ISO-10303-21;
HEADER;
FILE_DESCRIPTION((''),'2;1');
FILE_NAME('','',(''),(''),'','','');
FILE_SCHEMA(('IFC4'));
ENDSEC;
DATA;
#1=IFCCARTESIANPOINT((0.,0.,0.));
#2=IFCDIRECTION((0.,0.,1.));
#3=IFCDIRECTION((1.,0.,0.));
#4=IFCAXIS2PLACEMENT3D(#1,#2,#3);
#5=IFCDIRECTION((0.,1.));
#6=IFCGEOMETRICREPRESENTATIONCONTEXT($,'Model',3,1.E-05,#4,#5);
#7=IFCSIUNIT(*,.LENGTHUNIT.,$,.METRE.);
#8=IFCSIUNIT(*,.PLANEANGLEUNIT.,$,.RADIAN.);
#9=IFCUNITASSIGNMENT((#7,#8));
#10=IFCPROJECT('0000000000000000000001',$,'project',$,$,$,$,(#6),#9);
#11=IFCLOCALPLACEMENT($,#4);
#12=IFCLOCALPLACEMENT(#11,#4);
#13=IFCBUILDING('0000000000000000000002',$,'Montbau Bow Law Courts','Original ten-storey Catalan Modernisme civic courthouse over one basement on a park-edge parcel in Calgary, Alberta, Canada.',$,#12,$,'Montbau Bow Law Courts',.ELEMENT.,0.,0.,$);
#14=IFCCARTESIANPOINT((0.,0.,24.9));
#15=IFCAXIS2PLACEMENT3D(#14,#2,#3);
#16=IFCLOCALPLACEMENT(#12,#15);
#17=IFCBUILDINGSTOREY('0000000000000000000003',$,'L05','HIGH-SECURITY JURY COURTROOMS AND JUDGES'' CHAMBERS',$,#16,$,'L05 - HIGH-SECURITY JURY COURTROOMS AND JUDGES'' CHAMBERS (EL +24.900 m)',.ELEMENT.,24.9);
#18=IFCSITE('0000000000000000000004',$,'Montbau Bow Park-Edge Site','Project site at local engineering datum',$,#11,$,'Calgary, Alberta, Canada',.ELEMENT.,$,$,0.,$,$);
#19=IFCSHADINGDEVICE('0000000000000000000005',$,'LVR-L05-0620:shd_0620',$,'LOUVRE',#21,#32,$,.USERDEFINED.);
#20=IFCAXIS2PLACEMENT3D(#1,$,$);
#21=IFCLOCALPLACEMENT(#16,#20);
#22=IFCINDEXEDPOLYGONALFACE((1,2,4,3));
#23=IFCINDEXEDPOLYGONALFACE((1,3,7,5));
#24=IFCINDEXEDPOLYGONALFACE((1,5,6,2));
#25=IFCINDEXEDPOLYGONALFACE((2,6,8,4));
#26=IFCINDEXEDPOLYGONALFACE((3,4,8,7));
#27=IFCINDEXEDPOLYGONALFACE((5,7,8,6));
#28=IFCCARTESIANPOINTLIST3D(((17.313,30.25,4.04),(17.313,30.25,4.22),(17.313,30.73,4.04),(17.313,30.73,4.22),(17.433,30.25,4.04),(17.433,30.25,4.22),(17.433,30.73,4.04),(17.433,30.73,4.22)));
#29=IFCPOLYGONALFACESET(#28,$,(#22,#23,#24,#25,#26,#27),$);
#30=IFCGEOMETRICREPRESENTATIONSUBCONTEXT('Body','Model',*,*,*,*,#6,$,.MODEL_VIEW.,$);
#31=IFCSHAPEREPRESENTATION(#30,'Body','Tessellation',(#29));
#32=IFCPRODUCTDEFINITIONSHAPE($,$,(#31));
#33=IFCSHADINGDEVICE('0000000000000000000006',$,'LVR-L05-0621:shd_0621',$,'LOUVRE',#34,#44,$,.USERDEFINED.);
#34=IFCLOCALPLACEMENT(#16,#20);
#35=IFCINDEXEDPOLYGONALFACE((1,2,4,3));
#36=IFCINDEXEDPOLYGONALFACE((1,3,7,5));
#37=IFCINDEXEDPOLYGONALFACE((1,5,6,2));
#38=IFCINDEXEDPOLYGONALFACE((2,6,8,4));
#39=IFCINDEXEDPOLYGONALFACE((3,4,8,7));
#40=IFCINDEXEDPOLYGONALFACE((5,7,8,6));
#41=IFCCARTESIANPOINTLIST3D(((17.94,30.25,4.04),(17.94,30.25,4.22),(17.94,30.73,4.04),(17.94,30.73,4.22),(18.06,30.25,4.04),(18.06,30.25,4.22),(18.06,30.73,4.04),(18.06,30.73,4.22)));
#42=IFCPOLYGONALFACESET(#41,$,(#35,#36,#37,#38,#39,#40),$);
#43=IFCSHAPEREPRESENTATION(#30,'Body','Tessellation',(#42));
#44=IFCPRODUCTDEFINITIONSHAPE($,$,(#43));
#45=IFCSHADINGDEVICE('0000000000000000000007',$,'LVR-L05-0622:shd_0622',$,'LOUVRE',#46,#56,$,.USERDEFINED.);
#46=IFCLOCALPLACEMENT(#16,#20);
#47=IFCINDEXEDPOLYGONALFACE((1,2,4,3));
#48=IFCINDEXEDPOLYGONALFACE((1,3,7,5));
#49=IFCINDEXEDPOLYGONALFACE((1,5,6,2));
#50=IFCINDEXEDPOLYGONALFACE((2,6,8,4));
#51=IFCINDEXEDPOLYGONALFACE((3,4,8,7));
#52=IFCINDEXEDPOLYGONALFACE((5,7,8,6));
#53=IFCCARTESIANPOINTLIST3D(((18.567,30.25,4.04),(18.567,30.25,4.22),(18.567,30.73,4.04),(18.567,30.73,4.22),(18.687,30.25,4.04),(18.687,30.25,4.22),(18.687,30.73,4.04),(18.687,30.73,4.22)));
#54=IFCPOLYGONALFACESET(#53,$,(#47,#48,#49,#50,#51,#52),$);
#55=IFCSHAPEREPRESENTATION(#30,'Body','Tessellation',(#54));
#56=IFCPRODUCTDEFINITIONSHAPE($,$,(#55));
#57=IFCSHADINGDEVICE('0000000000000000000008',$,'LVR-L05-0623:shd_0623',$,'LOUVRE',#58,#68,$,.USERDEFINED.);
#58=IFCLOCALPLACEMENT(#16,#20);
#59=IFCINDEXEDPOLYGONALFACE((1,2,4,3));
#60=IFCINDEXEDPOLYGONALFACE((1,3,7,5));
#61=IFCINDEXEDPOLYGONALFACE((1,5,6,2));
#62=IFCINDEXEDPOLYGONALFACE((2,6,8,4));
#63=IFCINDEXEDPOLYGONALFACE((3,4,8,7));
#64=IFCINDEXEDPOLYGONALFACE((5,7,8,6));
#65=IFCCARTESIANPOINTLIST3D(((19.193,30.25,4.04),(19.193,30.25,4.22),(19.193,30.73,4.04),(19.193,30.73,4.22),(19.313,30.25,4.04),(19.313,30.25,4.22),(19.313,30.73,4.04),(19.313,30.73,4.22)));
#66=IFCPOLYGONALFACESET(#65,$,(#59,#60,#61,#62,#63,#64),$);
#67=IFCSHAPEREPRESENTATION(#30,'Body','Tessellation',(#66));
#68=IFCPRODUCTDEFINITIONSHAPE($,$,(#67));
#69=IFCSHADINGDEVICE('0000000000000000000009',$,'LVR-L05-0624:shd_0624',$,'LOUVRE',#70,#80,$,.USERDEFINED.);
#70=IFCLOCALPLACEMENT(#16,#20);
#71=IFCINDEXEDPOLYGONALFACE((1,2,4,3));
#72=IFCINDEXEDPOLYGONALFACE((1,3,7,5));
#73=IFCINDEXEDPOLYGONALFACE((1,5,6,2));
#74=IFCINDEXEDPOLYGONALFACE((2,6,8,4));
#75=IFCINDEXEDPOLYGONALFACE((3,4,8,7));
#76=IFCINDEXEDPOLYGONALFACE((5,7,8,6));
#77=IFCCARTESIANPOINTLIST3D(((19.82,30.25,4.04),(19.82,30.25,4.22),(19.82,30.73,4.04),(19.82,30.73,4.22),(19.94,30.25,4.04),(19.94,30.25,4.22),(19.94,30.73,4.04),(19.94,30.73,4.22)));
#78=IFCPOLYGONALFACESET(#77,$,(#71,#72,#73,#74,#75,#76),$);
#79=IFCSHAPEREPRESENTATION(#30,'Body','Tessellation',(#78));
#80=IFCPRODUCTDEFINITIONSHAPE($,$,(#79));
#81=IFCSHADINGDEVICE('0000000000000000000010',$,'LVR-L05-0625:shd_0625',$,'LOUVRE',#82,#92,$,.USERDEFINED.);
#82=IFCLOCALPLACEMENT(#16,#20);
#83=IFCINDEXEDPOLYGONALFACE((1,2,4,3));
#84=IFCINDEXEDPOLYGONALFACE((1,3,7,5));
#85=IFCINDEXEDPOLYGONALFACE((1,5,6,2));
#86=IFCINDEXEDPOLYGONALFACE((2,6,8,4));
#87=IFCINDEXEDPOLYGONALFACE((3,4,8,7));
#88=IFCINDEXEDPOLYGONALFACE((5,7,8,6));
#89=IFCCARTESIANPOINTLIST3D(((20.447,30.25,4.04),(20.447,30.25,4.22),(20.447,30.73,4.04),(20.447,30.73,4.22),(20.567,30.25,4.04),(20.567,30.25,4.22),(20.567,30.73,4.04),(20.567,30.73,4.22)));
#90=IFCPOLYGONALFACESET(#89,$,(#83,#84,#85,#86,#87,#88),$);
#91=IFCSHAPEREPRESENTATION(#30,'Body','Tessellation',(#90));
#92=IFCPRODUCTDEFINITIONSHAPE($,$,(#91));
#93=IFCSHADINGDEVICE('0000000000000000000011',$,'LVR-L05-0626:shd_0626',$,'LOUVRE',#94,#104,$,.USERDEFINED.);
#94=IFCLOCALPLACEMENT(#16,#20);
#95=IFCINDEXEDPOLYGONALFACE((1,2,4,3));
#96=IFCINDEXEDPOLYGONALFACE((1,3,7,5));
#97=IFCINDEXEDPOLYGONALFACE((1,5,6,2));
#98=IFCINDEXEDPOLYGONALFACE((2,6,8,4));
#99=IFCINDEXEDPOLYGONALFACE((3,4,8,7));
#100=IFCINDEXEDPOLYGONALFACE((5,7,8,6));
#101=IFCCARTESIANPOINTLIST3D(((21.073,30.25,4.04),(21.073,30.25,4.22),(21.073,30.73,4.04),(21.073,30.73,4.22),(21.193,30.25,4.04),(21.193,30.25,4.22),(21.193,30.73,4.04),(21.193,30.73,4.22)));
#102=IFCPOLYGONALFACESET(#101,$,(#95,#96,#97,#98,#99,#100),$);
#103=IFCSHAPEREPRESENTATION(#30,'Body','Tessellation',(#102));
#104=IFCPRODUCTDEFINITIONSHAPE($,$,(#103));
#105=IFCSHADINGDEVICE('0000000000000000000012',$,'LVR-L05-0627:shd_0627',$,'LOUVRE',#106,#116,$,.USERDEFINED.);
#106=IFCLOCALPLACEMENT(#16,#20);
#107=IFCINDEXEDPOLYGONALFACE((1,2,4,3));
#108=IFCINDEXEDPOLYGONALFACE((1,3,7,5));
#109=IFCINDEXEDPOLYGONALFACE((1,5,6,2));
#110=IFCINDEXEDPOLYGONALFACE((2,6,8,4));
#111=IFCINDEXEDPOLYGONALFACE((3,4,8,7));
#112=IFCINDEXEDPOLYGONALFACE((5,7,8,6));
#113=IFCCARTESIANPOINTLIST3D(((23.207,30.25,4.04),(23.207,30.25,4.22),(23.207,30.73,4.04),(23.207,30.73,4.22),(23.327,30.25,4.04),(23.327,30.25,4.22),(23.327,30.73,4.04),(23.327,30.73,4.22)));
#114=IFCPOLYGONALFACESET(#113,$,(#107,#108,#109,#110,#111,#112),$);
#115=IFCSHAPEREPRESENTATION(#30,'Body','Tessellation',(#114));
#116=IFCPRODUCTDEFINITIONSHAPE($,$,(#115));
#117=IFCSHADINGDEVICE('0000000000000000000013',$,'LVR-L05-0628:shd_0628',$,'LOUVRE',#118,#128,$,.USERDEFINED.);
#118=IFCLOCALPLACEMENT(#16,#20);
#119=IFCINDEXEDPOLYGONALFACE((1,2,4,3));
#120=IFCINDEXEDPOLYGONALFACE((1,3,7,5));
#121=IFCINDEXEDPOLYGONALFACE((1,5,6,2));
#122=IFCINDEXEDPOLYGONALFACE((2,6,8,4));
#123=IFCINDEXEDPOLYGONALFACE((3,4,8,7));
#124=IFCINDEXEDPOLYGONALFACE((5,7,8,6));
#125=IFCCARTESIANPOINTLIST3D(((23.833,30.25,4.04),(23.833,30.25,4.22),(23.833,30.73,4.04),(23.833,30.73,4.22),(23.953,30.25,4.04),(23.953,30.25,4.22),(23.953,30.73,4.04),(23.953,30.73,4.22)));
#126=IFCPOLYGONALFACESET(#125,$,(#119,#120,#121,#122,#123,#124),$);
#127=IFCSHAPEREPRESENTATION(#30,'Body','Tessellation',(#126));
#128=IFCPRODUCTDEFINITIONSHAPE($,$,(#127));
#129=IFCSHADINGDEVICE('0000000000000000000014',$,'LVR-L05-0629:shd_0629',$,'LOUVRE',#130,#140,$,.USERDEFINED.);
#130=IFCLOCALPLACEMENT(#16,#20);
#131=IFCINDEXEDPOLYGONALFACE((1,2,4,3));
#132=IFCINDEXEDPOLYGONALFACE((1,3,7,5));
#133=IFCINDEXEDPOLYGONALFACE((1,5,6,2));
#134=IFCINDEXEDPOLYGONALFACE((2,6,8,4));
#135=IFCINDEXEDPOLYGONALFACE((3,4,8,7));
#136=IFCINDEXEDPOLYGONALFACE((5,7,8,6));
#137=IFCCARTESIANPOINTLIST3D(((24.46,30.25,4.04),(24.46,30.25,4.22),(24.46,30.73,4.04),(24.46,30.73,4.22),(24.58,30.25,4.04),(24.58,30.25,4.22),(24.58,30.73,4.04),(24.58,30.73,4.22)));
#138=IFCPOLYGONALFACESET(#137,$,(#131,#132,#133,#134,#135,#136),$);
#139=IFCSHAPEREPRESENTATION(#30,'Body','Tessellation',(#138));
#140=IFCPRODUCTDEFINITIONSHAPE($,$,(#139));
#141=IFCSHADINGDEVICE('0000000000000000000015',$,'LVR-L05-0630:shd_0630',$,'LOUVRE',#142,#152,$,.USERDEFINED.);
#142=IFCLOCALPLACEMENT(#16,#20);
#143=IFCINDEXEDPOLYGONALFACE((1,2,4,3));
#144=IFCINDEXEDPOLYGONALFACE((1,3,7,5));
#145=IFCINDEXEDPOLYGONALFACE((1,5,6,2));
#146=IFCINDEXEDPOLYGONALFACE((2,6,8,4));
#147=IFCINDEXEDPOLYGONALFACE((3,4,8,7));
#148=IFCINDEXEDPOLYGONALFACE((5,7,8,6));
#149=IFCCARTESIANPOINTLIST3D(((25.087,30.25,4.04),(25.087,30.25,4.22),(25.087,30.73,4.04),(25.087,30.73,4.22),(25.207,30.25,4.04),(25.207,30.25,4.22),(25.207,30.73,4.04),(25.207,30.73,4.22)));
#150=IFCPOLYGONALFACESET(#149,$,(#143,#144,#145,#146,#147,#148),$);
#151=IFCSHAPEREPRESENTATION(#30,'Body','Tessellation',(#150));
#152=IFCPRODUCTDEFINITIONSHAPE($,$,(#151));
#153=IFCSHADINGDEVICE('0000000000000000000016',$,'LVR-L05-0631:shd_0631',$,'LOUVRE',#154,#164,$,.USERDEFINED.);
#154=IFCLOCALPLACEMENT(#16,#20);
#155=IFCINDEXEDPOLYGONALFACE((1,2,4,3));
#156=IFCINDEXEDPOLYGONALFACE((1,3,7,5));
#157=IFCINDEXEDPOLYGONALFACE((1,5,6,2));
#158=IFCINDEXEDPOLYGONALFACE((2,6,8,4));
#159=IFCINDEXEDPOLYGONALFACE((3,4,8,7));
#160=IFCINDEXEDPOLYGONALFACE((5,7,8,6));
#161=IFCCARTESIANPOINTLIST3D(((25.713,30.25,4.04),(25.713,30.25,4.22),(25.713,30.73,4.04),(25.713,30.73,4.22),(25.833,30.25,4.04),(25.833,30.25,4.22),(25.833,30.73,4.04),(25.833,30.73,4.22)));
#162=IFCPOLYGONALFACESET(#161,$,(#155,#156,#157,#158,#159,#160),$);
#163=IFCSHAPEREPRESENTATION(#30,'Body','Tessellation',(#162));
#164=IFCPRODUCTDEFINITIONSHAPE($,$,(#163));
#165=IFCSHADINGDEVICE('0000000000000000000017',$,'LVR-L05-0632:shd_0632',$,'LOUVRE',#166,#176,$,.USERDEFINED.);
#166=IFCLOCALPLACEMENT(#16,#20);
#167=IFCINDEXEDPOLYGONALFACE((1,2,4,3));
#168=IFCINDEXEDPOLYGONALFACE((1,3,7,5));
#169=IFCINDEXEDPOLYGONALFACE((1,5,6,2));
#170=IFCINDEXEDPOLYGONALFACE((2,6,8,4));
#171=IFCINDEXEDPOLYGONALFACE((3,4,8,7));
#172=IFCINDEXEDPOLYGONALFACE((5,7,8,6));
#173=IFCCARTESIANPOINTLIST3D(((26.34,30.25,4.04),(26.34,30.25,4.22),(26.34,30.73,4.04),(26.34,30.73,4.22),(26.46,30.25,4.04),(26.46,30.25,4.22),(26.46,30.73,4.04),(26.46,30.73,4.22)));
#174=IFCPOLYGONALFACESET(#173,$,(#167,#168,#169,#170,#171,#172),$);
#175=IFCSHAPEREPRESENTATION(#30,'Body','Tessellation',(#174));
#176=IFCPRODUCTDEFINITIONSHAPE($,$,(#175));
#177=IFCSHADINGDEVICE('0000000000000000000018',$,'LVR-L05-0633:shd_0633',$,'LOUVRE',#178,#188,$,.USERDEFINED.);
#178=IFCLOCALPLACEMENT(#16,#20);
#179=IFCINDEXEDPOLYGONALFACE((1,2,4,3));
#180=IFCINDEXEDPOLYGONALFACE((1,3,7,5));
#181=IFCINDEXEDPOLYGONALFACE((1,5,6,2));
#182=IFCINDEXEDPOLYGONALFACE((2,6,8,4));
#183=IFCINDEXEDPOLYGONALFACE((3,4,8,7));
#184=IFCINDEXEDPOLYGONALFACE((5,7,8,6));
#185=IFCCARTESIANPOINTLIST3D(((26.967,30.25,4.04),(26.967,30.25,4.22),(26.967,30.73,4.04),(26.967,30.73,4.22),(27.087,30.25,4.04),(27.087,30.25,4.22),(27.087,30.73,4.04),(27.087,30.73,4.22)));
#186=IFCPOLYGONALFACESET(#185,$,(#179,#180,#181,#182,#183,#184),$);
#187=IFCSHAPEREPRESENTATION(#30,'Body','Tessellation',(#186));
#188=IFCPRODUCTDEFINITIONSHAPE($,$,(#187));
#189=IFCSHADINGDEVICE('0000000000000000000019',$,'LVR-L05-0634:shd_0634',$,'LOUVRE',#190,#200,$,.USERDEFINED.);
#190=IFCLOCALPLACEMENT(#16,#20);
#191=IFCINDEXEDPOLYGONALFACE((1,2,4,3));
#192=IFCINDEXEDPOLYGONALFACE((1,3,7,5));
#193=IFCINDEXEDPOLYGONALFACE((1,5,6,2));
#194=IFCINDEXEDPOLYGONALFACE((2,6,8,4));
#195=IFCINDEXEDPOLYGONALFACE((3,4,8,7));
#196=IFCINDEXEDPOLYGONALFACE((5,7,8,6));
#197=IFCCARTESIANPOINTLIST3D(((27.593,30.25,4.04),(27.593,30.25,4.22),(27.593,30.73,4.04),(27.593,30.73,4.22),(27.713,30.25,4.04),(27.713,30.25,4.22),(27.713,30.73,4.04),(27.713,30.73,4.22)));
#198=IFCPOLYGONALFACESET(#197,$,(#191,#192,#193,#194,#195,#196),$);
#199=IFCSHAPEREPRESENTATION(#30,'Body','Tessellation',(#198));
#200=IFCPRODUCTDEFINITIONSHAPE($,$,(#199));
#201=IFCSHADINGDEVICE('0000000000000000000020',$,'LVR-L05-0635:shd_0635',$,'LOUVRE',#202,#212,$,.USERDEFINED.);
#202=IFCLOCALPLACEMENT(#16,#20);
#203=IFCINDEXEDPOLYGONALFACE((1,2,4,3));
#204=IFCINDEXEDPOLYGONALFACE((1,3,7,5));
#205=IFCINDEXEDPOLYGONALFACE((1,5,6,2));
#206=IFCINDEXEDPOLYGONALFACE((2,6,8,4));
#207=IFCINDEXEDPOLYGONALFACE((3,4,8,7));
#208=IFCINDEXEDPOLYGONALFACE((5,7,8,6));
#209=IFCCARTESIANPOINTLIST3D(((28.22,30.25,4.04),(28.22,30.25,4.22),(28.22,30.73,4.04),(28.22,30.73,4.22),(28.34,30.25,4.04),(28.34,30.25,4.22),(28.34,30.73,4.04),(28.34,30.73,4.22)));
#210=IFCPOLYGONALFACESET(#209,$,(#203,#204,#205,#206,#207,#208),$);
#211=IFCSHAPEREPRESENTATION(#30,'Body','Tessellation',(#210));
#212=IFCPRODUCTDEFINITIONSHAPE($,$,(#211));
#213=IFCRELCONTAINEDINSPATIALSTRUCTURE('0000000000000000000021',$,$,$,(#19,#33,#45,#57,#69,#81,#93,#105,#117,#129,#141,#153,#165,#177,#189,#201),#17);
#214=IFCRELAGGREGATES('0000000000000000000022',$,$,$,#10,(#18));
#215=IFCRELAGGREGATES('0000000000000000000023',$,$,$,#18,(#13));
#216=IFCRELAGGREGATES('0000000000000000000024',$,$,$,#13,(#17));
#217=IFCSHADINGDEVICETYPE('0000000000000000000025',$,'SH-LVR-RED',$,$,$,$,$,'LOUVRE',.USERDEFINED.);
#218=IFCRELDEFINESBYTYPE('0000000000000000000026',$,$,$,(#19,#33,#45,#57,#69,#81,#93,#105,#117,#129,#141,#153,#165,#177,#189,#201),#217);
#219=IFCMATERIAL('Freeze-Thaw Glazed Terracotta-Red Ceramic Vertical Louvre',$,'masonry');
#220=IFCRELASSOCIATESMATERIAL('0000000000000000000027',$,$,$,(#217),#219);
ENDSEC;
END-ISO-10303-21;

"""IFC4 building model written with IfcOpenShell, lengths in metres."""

from ifc_helpers import new_model, si_unit, direction, frame, origin_with_axes, origin_2d_with_axis, place, context, subcontext, project, spatial, rectangle, extrude, material, type_object, element, save


model = new_model("IFC4")

# Units and contexts
model_context = context("Model", 3, precision=1e-05, world=origin_with_axes(), true_north=direction((0.0, 1.0)))
body_context = subcontext(model_context, "Body", "Model", "MODEL_VIEW")
ifc_project = project(units=[si_unit("LENGTHUNIT", "METRE"), si_unit("PLANEANGLEUNIT", "RADIAN")], contexts=[model_context])

# Site, building, storey
site_placement = place(None, origin_with_axes())
site = spatial("IfcSite", under=ifc_project, at=site_placement, Name="Montbau Bow Park-Edge Site", Description="Project site at local engineering datum", LongName="Calgary, Alberta, Canada", CompositionType="ELEMENT", RefElevation=0.0)
building_placement = place(site_placement, origin_with_axes())
building = spatial("IfcBuilding", under=site, at=building_placement, Name="Montbau Bow Law Courts", Description="Original ten-storey Catalan Modernisme civic courthouse over one basement on a park-edge parcel in Calgary, Alberta, Canada.", LongName="Montbau Bow Law Courts", CompositionType="ELEMENT", ElevationOfRefHeight=0.0, ElevationOfTerrain=0.0)
storey_placement = place(building_placement, frame((0.0, 0.0, 24.9), z_axis=(0.0, 0.0, 1.0), x_axis=(1.0, 0.0, 0.0)))
storey = spatial("IfcBuildingStorey", under=building, at=storey_placement, Name="L05", Description="HIGH-SECURITY JURY COURTROOMS AND JUDGES' CHAMBERS", LongName="L05 - HIGH-SECURITY JURY COURTROOMS AND JUDGES' CHAMBERS (EL +24.900 m)", CompositionType="ELEMENT", Elevation=24.9)

# Shading devices
ifc_material_1 = material(Name="Freeze-Thaw Glazed Terracotta-Red Ceramic Vertical Louvre", Category="masonry")
shading_device_type = type_object("IfcShadingDeviceType", Name="SH-LVR-RED", ElementType="LOUVRE", PredefinedType="USERDEFINED", material=ifc_material_1)
for number, where, z_axis, x_axis, name in (
    (1, (17.373, 30.49, 28.94), (0.0, 0.0, 1.0), (0.0, -1.0, 0.0), "LVR-L05-0620:shd_0620"),
    (2, (18.0, 30.49, 28.94), (0.0, 0.0, 1.0), (0.0, -1.0, 0.0), "LVR-L05-0621:shd_0621"),
    (3, (18.627, 30.49, 28.94), (0.0, 0.0, 1.0), (0.0, -1.0, 0.0), "LVR-L05-0622:shd_0622"),
    (4, (19.253, 30.49, 28.94), (0.0, 0.0, 1.0), (0.0, -1.0, 0.0), "LVR-L05-0623:shd_0623"),
    (5, (19.88, 30.49, 28.94), (0.0, 0.0, 1.0), (0.0, -1.0, 0.0), "LVR-L05-0624:shd_0624"),
    (6, (20.507, 30.49, 28.94), (0.0, 0.0, 1.0), (0.0, -1.0, 0.0), "LVR-L05-0625:shd_0625"),
    (7, (21.133, 30.49, 28.94), (0.0, 0.0, 1.0), (0.0, -1.0, 0.0), "LVR-L05-0626:shd_0626"),
    (8, (23.267, 30.49, 28.94), (0.0, 0.0, 1.0), (0.0, -1.0, 0.0), "LVR-L05-0627:shd_0627"),
    (9, (23.893, 30.49, 28.94), (0.0, 0.0, 1.0), (0.0, -1.0, 0.0), "LVR-L05-0628:shd_0628"),
    (10, (24.52, 30.49, 28.94), (0.0, 0.0, 1.0), (0.0, -1.0, 0.0), "LVR-L05-0629:shd_0629"),
    (11, (25.147, 30.49, 28.94), (0.0, 0.0, 1.0), (0.0, -1.0, 0.0), "LVR-L05-0630:shd_0630"),
    (12, (25.773, 30.49, 28.94), (0.0, 0.0, 1.0), (0.0, -1.0, 0.0), "LVR-L05-0631:shd_0631"),
    (13, (26.4, 30.49, 28.94), (0.0, 0.0, 1.0), (0.0, -1.0, 0.0), "LVR-L05-0632:shd_0632"),
    (14, (27.027, 30.49, 28.94), (0.0, 0.0, 1.0), (0.0, -1.0, 0.0), "LVR-L05-0633:shd_0633"),
    (15, (27.653, 30.49, 28.94), (0.0, 0.0, 1.0), (0.0, -1.0, 0.0), "LVR-L05-0634:shd_0634"),
    (16, (28.28, 30.49, 28.94), (0.0, 0.0, 1.0), (0.0, -1.0, 0.0), "LVR-L05-0635:shd_0635"),
):
    element("IfcShadingDevice", number, at=place(None, frame(where, z_axis=z_axis, x_axis=x_axis)), inside=storey, type_object=shading_device_type, Name=name, ObjectType="LOUVRE", PredefinedType="USERDEFINED", context=body_context, shape_type="SweptSolid", body=[
        extrude(rectangle(XDim=0.48, YDim=0.12, at=origin_2d_with_axis()), origin_with_axes(), (0.0, 0.0, 1.0), 0.18),
    ])

save(model, "model.ifc")
